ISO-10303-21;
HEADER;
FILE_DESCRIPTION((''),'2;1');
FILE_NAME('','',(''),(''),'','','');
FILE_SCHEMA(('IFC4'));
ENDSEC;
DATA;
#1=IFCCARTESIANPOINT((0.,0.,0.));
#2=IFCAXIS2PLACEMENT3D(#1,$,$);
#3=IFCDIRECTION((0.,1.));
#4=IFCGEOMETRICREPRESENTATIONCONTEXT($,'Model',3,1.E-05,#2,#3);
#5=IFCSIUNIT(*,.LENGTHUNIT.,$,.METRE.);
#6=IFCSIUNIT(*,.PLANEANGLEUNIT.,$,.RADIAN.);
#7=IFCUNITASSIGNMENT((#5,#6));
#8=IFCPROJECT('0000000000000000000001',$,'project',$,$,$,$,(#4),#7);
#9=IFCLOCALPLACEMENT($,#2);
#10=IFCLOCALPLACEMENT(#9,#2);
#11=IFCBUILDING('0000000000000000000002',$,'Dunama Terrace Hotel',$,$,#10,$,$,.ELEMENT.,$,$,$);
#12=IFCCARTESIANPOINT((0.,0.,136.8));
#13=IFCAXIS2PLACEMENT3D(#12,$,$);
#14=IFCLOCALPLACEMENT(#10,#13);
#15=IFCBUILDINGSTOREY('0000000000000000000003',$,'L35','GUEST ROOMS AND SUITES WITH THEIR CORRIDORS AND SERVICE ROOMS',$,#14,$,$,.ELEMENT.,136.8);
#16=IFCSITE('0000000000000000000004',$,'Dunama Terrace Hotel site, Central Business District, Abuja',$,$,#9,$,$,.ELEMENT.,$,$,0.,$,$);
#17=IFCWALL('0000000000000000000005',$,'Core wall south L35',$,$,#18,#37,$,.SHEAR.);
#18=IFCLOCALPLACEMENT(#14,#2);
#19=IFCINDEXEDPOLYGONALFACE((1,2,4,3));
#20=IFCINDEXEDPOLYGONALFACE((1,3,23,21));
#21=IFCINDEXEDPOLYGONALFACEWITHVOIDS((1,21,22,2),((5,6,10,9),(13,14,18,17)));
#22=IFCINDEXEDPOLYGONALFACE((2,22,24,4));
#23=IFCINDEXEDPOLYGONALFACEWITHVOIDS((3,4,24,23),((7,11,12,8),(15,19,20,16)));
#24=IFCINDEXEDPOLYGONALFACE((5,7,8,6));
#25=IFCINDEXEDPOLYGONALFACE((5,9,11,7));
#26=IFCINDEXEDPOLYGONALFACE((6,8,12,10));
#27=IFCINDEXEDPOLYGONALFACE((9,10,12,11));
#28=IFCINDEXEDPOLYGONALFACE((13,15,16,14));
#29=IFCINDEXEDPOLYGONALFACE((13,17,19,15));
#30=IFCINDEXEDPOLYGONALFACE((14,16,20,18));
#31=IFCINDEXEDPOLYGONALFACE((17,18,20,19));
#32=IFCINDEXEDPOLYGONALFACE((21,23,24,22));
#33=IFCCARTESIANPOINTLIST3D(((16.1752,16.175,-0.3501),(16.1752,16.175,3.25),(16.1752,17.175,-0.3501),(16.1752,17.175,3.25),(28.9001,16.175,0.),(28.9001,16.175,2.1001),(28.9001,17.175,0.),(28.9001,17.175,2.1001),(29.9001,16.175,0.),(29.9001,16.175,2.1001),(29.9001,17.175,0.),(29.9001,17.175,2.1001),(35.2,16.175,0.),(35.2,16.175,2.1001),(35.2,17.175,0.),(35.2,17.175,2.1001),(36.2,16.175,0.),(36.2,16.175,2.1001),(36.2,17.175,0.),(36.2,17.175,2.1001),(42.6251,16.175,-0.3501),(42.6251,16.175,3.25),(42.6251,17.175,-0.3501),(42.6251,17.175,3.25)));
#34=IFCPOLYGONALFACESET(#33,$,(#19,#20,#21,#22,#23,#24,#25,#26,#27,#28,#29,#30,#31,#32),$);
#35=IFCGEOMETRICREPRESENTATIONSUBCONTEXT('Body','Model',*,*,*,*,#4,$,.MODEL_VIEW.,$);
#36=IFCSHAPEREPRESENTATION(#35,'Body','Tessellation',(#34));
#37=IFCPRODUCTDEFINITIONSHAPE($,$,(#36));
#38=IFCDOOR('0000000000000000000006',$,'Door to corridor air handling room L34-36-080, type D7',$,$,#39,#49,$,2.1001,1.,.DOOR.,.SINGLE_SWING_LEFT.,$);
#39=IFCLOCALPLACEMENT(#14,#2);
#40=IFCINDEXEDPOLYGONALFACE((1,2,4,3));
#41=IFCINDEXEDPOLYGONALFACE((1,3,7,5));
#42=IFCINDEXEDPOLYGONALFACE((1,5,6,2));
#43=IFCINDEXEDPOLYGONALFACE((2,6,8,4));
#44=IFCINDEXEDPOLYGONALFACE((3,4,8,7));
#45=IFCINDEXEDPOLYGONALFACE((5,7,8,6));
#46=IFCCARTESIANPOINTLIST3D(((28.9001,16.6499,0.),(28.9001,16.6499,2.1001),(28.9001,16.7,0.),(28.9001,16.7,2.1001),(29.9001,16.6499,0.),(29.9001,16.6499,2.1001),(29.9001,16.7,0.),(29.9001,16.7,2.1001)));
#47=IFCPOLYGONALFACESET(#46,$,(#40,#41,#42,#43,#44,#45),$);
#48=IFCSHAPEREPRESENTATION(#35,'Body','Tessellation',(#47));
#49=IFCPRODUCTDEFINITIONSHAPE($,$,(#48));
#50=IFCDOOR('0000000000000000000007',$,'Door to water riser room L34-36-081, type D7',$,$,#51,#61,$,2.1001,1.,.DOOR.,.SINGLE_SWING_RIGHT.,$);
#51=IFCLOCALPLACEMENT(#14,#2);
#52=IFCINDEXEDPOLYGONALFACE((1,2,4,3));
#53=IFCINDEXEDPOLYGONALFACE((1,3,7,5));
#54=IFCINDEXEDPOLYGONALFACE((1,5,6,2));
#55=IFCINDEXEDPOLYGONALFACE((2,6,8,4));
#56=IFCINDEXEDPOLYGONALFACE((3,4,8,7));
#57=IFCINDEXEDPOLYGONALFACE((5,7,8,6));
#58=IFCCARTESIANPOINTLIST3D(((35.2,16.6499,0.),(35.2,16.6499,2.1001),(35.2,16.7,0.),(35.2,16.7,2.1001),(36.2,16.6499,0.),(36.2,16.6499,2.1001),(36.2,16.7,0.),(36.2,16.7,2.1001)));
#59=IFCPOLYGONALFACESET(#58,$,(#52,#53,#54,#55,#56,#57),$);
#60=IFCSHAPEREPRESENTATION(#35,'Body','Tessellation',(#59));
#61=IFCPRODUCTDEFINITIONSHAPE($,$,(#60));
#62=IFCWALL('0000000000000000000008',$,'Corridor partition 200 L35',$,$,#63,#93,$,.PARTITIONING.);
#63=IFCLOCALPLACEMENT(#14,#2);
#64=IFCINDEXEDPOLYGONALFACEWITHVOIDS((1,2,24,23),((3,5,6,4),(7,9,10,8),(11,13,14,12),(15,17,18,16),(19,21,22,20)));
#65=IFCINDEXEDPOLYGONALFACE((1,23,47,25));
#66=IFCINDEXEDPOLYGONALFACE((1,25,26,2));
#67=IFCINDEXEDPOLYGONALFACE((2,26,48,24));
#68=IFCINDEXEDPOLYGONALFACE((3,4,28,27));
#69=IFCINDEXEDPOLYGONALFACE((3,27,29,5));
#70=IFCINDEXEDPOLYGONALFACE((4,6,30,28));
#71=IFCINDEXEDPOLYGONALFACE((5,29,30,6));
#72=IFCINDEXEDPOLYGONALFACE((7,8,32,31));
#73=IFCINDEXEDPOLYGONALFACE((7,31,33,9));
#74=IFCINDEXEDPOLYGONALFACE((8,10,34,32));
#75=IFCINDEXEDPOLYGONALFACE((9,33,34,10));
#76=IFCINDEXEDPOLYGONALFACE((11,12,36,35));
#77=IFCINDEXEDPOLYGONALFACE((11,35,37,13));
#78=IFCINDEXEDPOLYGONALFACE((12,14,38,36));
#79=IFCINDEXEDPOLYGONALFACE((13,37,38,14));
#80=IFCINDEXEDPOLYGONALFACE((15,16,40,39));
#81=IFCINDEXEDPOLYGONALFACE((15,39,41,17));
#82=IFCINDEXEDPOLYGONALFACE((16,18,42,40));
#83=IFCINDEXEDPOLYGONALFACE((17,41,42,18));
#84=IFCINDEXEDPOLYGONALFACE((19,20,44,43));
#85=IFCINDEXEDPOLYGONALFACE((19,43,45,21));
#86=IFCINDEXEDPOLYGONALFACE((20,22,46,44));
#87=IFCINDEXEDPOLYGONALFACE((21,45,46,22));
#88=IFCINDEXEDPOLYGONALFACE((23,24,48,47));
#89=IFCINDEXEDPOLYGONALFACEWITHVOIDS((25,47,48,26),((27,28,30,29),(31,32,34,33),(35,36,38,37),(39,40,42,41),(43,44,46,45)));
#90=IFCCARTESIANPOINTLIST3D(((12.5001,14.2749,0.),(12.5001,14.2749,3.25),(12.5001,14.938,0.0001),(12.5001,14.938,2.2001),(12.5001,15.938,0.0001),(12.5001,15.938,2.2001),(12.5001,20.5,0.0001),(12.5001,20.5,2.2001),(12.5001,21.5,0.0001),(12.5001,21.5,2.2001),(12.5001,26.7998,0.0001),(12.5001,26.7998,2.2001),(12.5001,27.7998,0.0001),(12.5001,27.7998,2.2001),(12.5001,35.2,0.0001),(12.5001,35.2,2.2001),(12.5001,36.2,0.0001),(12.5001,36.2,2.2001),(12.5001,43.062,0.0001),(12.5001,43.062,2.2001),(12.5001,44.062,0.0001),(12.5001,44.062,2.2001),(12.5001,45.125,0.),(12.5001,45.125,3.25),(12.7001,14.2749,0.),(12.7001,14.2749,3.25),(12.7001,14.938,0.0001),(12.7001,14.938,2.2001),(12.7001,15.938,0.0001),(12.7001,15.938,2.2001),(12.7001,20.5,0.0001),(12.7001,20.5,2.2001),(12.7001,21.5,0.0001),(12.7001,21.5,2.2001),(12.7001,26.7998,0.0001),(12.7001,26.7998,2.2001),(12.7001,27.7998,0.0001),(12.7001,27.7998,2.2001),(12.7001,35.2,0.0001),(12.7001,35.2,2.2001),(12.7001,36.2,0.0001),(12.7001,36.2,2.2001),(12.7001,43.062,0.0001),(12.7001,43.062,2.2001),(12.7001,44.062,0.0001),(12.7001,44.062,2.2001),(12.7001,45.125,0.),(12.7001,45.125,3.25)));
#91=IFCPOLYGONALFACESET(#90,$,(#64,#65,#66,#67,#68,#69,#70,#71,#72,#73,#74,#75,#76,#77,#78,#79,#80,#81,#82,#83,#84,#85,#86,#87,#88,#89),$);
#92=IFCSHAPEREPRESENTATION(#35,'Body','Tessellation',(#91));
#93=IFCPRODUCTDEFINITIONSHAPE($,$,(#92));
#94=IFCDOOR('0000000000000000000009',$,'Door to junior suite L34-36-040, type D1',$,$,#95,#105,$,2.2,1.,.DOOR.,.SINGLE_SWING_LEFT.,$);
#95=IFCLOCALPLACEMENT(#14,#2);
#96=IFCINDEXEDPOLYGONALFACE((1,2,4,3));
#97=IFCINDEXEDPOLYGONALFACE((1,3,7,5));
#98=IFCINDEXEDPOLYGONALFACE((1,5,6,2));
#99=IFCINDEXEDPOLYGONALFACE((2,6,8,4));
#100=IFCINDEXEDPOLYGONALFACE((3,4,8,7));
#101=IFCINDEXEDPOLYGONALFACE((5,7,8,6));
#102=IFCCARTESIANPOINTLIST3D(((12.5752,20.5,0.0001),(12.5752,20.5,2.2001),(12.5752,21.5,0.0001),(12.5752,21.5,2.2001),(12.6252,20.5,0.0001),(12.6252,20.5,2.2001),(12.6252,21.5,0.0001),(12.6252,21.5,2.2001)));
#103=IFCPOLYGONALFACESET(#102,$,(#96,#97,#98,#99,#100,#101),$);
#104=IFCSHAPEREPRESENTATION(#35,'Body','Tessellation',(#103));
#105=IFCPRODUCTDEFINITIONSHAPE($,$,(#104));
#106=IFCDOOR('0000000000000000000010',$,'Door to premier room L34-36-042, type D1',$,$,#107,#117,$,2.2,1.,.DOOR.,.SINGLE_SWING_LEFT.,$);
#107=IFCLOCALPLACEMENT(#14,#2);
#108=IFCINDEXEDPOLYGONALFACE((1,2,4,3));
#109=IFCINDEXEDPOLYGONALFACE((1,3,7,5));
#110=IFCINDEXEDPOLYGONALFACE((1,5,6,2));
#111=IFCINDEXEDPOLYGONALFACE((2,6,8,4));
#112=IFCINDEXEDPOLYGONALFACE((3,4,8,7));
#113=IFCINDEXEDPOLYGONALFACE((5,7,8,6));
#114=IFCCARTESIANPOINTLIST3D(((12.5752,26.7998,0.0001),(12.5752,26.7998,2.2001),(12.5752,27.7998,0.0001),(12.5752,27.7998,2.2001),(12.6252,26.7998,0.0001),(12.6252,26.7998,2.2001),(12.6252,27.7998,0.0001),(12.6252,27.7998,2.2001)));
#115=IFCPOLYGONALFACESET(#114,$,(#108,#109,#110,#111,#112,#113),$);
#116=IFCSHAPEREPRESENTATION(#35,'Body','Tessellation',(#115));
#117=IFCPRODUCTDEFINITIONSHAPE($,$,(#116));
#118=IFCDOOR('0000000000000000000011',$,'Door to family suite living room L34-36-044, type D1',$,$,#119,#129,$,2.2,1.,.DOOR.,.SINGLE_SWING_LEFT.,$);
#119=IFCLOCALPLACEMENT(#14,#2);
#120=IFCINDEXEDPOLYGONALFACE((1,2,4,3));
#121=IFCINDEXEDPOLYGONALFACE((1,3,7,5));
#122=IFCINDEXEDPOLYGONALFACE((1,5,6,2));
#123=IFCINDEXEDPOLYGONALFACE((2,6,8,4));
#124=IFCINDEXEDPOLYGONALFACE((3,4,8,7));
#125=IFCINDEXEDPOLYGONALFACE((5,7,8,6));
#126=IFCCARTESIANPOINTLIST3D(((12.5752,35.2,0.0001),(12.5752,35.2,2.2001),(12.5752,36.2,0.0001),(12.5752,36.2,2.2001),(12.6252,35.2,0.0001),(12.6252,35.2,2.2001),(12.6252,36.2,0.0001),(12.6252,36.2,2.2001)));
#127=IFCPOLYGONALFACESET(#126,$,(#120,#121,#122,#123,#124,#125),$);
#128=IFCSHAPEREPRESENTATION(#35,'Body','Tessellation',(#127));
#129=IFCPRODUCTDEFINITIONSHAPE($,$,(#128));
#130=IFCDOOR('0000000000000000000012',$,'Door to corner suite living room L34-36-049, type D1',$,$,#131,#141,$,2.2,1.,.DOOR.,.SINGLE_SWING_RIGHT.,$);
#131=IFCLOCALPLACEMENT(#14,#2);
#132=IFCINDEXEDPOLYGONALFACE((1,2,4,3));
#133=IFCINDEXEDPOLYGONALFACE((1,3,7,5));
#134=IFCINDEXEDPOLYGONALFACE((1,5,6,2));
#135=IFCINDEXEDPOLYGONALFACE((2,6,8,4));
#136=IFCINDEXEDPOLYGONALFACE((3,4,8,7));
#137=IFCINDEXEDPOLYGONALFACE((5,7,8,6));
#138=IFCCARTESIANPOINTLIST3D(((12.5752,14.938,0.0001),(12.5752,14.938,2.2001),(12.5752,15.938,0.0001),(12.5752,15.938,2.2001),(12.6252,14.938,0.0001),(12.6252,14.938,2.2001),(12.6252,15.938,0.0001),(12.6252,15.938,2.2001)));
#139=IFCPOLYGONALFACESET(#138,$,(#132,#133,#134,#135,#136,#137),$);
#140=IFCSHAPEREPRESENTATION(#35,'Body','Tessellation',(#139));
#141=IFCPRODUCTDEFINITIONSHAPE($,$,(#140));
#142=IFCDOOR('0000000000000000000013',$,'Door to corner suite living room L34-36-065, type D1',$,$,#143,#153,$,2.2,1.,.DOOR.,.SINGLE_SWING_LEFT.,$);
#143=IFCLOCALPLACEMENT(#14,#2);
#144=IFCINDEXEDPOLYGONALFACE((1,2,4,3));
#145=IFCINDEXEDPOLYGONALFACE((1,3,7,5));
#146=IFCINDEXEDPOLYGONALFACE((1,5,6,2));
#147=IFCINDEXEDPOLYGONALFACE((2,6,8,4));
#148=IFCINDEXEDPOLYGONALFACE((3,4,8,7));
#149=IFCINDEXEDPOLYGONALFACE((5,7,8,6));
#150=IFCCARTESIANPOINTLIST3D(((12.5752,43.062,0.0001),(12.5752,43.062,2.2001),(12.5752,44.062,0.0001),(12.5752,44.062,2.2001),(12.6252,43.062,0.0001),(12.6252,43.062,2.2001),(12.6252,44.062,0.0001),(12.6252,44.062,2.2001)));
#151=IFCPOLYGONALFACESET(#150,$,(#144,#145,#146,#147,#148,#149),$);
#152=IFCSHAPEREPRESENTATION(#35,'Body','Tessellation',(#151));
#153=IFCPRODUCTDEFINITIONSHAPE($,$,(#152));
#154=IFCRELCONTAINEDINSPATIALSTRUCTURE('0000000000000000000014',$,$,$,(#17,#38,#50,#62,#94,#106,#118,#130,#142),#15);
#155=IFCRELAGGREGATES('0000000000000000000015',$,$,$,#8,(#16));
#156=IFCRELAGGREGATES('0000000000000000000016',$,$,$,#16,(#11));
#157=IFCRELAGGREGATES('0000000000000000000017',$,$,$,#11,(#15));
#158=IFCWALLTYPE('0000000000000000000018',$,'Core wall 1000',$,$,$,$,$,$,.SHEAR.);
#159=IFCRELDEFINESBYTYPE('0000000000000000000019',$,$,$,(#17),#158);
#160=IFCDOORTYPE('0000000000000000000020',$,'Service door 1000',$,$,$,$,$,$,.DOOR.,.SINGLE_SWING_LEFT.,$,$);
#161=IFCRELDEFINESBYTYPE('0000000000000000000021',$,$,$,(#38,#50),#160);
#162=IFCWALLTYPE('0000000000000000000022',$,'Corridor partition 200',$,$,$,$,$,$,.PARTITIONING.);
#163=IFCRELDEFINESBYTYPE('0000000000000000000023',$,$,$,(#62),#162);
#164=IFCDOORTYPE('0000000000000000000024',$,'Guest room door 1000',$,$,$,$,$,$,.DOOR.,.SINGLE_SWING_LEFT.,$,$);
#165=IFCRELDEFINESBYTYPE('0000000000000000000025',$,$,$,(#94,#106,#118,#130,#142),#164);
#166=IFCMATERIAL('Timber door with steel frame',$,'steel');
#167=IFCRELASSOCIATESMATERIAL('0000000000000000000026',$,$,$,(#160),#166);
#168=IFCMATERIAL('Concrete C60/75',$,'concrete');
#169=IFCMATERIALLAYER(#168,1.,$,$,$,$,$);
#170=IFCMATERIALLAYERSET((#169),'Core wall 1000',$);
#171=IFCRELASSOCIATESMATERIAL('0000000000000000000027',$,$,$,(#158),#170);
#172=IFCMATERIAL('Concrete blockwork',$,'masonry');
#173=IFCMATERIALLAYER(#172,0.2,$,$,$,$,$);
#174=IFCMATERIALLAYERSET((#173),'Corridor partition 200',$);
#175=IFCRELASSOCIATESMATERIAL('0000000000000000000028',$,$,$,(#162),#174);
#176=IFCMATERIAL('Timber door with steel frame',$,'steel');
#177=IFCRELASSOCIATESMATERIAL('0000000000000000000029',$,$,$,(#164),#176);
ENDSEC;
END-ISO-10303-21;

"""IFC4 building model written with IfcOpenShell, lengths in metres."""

from ifc_helpers import new_model, si_unit, direction, frame, frame_2d, origin, place, context, subcontext, project, spatial, rectangle, extrude, material, layer, layer_set, type_object, element, fill, save


model = new_model("IFC4")

# Units and contexts
model_context = context("Model", 3, precision=1e-05, world=origin(), true_north=direction((0.0, 1.0)))
body_context = subcontext(model_context, "Body", "Model", "MODEL_VIEW")
ifc_project = project(units=[si_unit("LENGTHUNIT", "METRE"), si_unit("PLANEANGLEUNIT", "RADIAN")], contexts=[model_context])

# Site, building, storey
site_placement = place(None, origin())
site = spatial("IfcSite", under=ifc_project, at=site_placement, Name="Dunama Terrace Hotel site, Central Business District, Abuja", CompositionType="ELEMENT", RefElevation=0.0)
building_placement = place(site_placement, origin())
building = spatial("IfcBuilding", under=site, at=building_placement, Name="Dunama Terrace Hotel", CompositionType="ELEMENT")
storey_placement = place(building_placement, frame((0.0, 0.0, 136.8)))
storey = spatial("IfcBuildingStorey", under=building, at=storey_placement, Name="L35", Description="GUEST ROOMS AND SUITES WITH THEIR CORRIDORS AND SERVICE ROOMS", CompositionType="ELEMENT", Elevation=136.8)

# Shared definitions
ifc_material_1 = material(Name="Timber door with steel frame", Category="steel")
door_type_1 = type_object("IfcDoorType", Name="Service door 1000", OperationType="SINGLE_SWING_LEFT", PredefinedType="DOOR", material=ifc_material_1)

# Walls, openings, doors
ifc_material_2 = material(Name="Concrete C60/75", Category="concrete")
ifc_layer_1 = layer(ifc_material_2, 1.0)
ifc_layer_set_1 = layer_set([ifc_layer_1], Name="Core wall 1000")
wall_type_1 = type_object("IfcWallType", Name="Core wall 1000", PredefinedType="SHEAR", material=ifc_layer_set_1)
wall_1_placement = place(storey_placement, frame((16.175, 16.675, -0.3501), z_axis=(0.0, 0.0, 1.0), x_axis=(1.0, 0.0, 0.0)))
wall_1 = element("IfcWall", 1, at=wall_1_placement, inside=storey, type_object=wall_type_1, Name="Core wall south L35", PredefinedType="SHEAR", context=body_context, shape_type="SweptSolid", body=[
    extrude(rectangle(XDim=26.45, YDim=1.0, at=frame_2d((13.2251, 0.0))), origin(), (0.0, 0.0, 1.0), 3.6001),
])
opening_1_placement = place(wall_1_placement, frame((12.7251, 0.0, 0.3501)))
opening_1 = element("IfcOpeningElement", 2, at=opening_1_placement, cuts=wall_1, PredefinedType="OPENING", context=body_context, shape_type="SweptSolid", body=[
    extrude(rectangle(XDim=1.0, YDim=2.1001, at=frame_2d((0.5, 1.05))), frame((0.0, 0.51, 0.0), z_axis=(0.0, -1.0, 0.0), x_axis=(1.0, 0.0, 0.0)), (0.0, 0.0, 1.0), 1.02),
])
opening_2_placement = place(wall_1_placement, frame((19.0249, 0.0, 0.3501)))
opening_2 = element("IfcOpeningElement", 3, at=opening_2_placement, cuts=wall_1, PredefinedType="OPENING", context=body_context, shape_type="SweptSolid", body=[
    extrude(rectangle(XDim=1.0, YDim=2.1001, at=frame_2d((0.5, 1.05))), frame((0.0, 0.51, 0.0), z_axis=(0.0, -1.0, 0.0), x_axis=(1.0, 0.0, 0.0)), (0.0, 0.0, 1.0), 1.02),
])
door_1_placement = place(opening_1_placement, origin())
door_1 = element("IfcDoor", 4, at=door_1_placement, inside=storey, type_object=door_type_1, Name="Door to corridor air handling room L34-36-080, type D7", OperationType="SINGLE_SWING_LEFT", OverallHeight=2.1001, OverallWidth=1.0, PredefinedType="DOOR", context=body_context, shape_type="SweptSolid", body=[
    extrude(rectangle(XDim=1.0, YDim=2.1001, at=frame_2d((0.5, 1.05))), frame((0.0, 0.0249, 0.0), z_axis=(0.0, -1.0, 0.0), x_axis=(1.0, 0.0, 0.0)), (0.0, 0.0, 1.0), 0.05),
])
fill(opening_1, door_1)
door_2_placement = place(opening_2_placement, origin())
door_2 = element("IfcDoor", 5, at=door_2_placement, inside=storey, type_object=door_type_1, Name="Door to water riser room L34-36-081, type D7", OperationType="SINGLE_SWING_RIGHT", OverallHeight=2.1001, OverallWidth=1.0, PredefinedType="DOOR", context=body_context, shape_type="SweptSolid", body=[
    extrude(rectangle(XDim=1.0, YDim=2.1001, at=frame_2d((0.5, 1.05))), frame((0.0, 0.0249, 0.0), z_axis=(0.0, -1.0, 0.0), x_axis=(1.0, 0.0, 0.0)), (0.0, 0.0, 1.0), 0.05),
])
fill(opening_2, door_2)
ifc_material_3 = material(Name="Concrete blockwork", Category="masonry")
ifc_layer_2 = layer(ifc_material_3, 0.2)
ifc_layer_set_2 = layer_set([ifc_layer_2], Name="Corridor partition 200")
wall_type_2 = type_object("IfcWallType", Name="Corridor partition 200", PredefinedType="PARTITIONING", material=ifc_layer_set_2)
wall_2_placement = place(storey_placement, frame((12.6001, 14.2749, 0.0), z_axis=(0.0, 0.0, 1.0), x_axis=(0.0, 1.0, 0.0)))
wall_2 = element("IfcWall", 6, at=wall_2_placement, inside=storey, type_object=wall_type_2, Name="Corridor partition 200 L35", PredefinedType="PARTITIONING", context=body_context, shape_type="SweptSolid", body=[
    extrude(rectangle(XDim=30.8501, YDim=0.2, at=frame_2d((15.425, 0.0))), origin(), (0.0, 0.0, 1.0), 3.25),
])
opening_3_placement = place(wall_2_placement, frame((6.2251, 0.0, 0.0)))
opening_3 = element("IfcOpeningElement", 7, at=opening_3_placement, cuts=wall_2, PredefinedType="OPENING", context=body_context, shape_type="SweptSolid", body=[
    extrude(rectangle(XDim=1.0, YDim=2.2, at=frame_2d((0.5, 1.1001))), frame((0.0, 0.1099, 0.0), z_axis=(0.0, -1.0, 0.0), x_axis=(1.0, 0.0, 0.0)), (0.0, 0.0, 1.0), 0.22),
])
opening_4_placement = place(wall_2_placement, frame((12.5249, 0.0, 0.0)))
opening_4 = element("IfcOpeningElement", 8, at=opening_4_placement, cuts=wall_2, PredefinedType="OPENING", context=body_context, shape_type="SweptSolid", body=[
    extrude(rectangle(XDim=1.0, YDim=2.2, at=frame_2d((0.5, 1.1001))), frame((0.0, 0.1099, 0.0), z_axis=(0.0, -1.0, 0.0), x_axis=(1.0, 0.0, 0.0)), (0.0, 0.0, 1.0), 0.22),
])
opening_5_placement = place(wall_2_placement, frame((20.925, 0.0, 0.0)))
opening_5 = element("IfcOpeningElement", 9, at=opening_5_placement, cuts=wall_2, PredefinedType="OPENING", context=body_context, shape_type="SweptSolid", body=[
    extrude(rectangle(XDim=1.0, YDim=2.2, at=frame_2d((0.5, 1.1001))), frame((0.0, 0.1099, 0.0), z_axis=(0.0, -1.0, 0.0), x_axis=(1.0, 0.0, 0.0)), (0.0, 0.0, 1.0), 0.22),
])
opening_6_placement = place(wall_2_placement, frame((0.6631, 0.0, 0.0)))
opening_6 = element("IfcOpeningElement", 10, at=opening_6_placement, cuts=wall_2, PredefinedType="OPENING", context=body_context, shape_type="SweptSolid", body=[
    extrude(rectangle(XDim=1.0, YDim=2.2, at=frame_2d((0.5, 1.1001))), frame((0.0, 0.1099, 0.0), z_axis=(0.0, -1.0, 0.0), x_axis=(1.0, 0.0, 0.0)), (0.0, 0.0, 1.0), 0.22),
])
opening_7_placement = place(wall_2_placement, frame((28.7871, 0.0, 0.0)))
opening_7 = element("IfcOpeningElement", 11, at=opening_7_placement, cuts=wall_2, PredefinedType="OPENING", context=body_context, shape_type="SweptSolid", body=[
    extrude(rectangle(XDim=1.0, YDim=2.2, at=frame_2d((0.5, 1.1001))), frame((0.0, 0.1099, 0.0), z_axis=(0.0, -1.0, 0.0), x_axis=(1.0, 0.0, 0.0)), (0.0, 0.0, 1.0), 0.22),
])
ifc_material_4 = material(Name="Timber door with steel frame", Category="steel")
door_type_2 = type_object("IfcDoorType", Name="Guest room door 1000", OperationType="SINGLE_SWING_LEFT", PredefinedType="DOOR", material=ifc_material_4)
door_3_placement = place(opening_3_placement, origin())
door_3 = element("IfcDoor", 12, at=door_3_placement, inside=storey, type_object=door_type_2, Name="Door to junior suite L34-36-040, type D1", OperationType="SINGLE_SWING_LEFT", OverallHeight=2.2, OverallWidth=1.0, PredefinedType="DOOR", context=body_context, shape_type="SweptSolid", body=[
    extrude(rectangle(XDim=1.0, YDim=2.2, at=frame_2d((0.5, 1.1001))), frame((0.0, 0.0249, 0.0), z_axis=(0.0, -1.0, 0.0), x_axis=(1.0, 0.0, 0.0)), (0.0, 0.0, 1.0), 0.05),
])
fill(opening_3, door_3)
door_4_placement = place(opening_4_placement, origin())
door_4 = element("IfcDoor", 13, at=door_4_placement, inside=storey, type_object=door_type_2, Name="Door to premier room L34-36-042, type D1", OperationType="SINGLE_SWING_LEFT", OverallHeight=2.2, OverallWidth=1.0, PredefinedType="DOOR", context=body_context, shape_type="SweptSolid", body=[
    extrude(rectangle(XDim=1.0, YDim=2.2, at=frame_2d((0.5, 1.1001))), frame((0.0, 0.0249, 0.0), z_axis=(0.0, -1.0, 0.0), x_axis=(1.0, 0.0, 0.0)), (0.0, 0.0, 1.0), 0.05),
])
fill(opening_4, door_4)
door_5_placement = place(opening_5_placement, origin())
door_5 = element("IfcDoor", 14, at=door_5_placement, inside=storey, type_object=door_type_2, Name="Door to family suite living room L34-36-044, type D1", OperationType="SINGLE_SWING_LEFT", OverallHeight=2.2, OverallWidth=1.0, PredefinedType="DOOR", context=body_context, shape_type="SweptSolid", body=[
    extrude(rectangle(XDim=1.0, YDim=2.2, at=frame_2d((0.5, 1.1001))), frame((0.0, 0.0249, 0.0), z_axis=(0.0, -1.0, 0.0), x_axis=(1.0, 0.0, 0.0)), (0.0, 0.0, 1.0), 0.05),
])
fill(opening_5, door_5)
door_6_placement = place(opening_6_placement, origin())
door_6 = element("IfcDoor", 15, at=door_6_placement, inside=storey, type_object=door_type_2, Name="Door to corner suite living room L34-36-049, type D1", OperationType="SINGLE_SWING_RIGHT", OverallHeight=2.2, OverallWidth=1.0, PredefinedType="DOOR", context=body_context, shape_type="SweptSolid", body=[
    extrude(rectangle(XDim=1.0, YDim=2.2, at=frame_2d((0.5, 1.1001))), frame((0.0, 0.0249, 0.0), z_axis=(0.0, -1.0, 0.0), x_axis=(1.0, 0.0, 0.0)), (0.0, 0.0, 1.0), 0.05),
])
fill(opening_6, door_6)
door_7_placement = place(opening_7_placement, origin())
door_7 = element("IfcDoor", 16, at=door_7_placement, inside=storey, type_object=door_type_2, Name="Door to corner suite living room L34-36-065, type D1", OperationType="SINGLE_SWING_LEFT", OverallHeight=2.2, OverallWidth=1.0, PredefinedType="DOOR", context=body_context, shape_type="SweptSolid", body=[
    extrude(rectangle(XDim=1.0, YDim=2.2, at=frame_2d((0.5, 1.1001))), frame((0.0, 0.0249, 0.0), z_axis=(0.0, -1.0, 0.0), x_axis=(1.0, 0.0, 0.0)), (0.0, 0.0, 1.0), 0.05),
])
fill(opening_7, door_7)

save(model, "model.ifc")
